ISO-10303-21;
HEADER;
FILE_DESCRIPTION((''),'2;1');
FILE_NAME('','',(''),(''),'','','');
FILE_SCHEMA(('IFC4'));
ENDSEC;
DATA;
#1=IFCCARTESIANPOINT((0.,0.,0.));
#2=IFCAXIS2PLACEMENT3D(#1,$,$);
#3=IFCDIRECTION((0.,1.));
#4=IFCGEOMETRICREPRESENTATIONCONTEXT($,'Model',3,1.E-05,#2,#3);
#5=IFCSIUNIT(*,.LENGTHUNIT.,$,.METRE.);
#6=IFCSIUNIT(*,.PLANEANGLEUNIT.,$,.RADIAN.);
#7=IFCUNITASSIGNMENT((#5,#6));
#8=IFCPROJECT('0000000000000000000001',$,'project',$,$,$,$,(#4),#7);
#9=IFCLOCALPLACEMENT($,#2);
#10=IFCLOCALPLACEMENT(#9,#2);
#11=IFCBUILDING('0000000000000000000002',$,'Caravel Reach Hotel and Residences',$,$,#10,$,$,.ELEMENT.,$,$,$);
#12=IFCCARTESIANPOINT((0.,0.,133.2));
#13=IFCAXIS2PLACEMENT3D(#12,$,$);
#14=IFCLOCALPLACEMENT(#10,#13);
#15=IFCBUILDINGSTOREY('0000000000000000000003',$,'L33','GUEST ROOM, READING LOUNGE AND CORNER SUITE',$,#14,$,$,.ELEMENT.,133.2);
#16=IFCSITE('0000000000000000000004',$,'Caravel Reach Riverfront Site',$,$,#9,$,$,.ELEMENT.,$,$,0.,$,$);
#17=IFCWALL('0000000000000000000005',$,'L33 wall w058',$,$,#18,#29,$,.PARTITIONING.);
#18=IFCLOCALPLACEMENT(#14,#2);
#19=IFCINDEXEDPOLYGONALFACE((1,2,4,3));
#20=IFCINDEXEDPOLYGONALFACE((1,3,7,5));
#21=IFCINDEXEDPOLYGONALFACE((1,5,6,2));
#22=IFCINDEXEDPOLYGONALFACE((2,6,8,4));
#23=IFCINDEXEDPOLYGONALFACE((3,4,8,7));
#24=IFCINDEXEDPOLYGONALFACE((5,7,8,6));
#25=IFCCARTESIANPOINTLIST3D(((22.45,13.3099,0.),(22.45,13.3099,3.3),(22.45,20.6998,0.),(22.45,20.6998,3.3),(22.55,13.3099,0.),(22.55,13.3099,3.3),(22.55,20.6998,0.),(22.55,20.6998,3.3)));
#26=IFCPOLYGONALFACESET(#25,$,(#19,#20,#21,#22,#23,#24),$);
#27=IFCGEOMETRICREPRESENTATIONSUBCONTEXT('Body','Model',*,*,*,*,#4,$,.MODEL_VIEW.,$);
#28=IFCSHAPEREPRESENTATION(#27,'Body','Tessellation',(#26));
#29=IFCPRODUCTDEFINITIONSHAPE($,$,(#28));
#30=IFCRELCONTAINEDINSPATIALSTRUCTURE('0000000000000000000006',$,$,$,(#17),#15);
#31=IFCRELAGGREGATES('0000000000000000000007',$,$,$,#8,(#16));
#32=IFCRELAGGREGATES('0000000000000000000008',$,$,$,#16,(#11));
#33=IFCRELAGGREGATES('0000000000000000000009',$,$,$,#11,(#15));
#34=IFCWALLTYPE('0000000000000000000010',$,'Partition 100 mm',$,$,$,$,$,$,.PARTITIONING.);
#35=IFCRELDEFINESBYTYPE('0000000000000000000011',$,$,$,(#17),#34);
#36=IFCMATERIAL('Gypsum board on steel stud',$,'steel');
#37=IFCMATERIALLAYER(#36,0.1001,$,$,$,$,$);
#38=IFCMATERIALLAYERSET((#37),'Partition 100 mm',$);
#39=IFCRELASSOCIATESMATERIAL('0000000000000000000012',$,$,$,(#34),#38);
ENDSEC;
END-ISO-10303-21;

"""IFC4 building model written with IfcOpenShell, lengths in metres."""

from ifc_helpers import new_model, si_unit, direction, frame, frame_2d, origin, place, context, subcontext, project, spatial, rectangle, extrude, material, layer, layer_set, type_object, element, save


model = new_model("IFC4")

# Units and contexts
model_context = context("Model", 3, precision=1e-05, world=origin(), true_north=direction((0.0, 1.0)))
body_context = subcontext(model_context, "Body", "Model", "MODEL_VIEW")
ifc_project = project(units=[si_unit("LENGTHUNIT", "METRE"), si_unit("PLANEANGLEUNIT", "RADIAN")], contexts=[model_context])

# Site, building, storey
site_placement = place(None, origin())
site = spatial("IfcSite", under=ifc_project, at=site_placement, Name="Caravel Reach Riverfront Site", CompositionType="ELEMENT", RefElevation=0.0)
building_placement = place(site_placement, origin())
building = spatial("IfcBuilding", under=site, at=building_placement, Name="Caravel Reach Hotel and Residences", CompositionType="ELEMENT")
storey_placement = place(building_placement, frame((0.0, 0.0, 133.2)))
storey = spatial("IfcBuildingStorey", under=building, at=storey_placement, Name="L33", Description="GUEST ROOM, READING LOUNGE AND CORNER SUITE", CompositionType="ELEMENT", Elevation=133.2)

# Wall
ifc_material_1 = material(Name="Gypsum board on steel stud", Category="steel")
ifc_layer_1 = layer(ifc_material_1, 0.1001)
ifc_layer_set_1 = layer_set([ifc_layer_1], Name="Partition 100 mm")
wall_type_1 = type_object("IfcWallType", Name="Partition 100 mm", PredefinedType="PARTITIONING", material=ifc_layer_set_1)
wall_1_placement = place(storey_placement, frame((22.5, 13.3101, 0.0), z_axis=(0.0, 0.0, 1.0), x_axis=(0.0, 1.0, 0.0)))
element("IfcWall", 1, at=wall_1_placement, inside=storey, type_object=wall_type_1, Name="L33 wall w058", PredefinedType="PARTITIONING", context=body_context, shape_type="SweptSolid", body=[
    extrude(rectangle(XDim=7.3899, YDim=0.1001, at=frame_2d((3.6948, 0.0))), origin(), (0.0, 0.0, 1.0), 3.3),
])

save(model, "model.ifc")
